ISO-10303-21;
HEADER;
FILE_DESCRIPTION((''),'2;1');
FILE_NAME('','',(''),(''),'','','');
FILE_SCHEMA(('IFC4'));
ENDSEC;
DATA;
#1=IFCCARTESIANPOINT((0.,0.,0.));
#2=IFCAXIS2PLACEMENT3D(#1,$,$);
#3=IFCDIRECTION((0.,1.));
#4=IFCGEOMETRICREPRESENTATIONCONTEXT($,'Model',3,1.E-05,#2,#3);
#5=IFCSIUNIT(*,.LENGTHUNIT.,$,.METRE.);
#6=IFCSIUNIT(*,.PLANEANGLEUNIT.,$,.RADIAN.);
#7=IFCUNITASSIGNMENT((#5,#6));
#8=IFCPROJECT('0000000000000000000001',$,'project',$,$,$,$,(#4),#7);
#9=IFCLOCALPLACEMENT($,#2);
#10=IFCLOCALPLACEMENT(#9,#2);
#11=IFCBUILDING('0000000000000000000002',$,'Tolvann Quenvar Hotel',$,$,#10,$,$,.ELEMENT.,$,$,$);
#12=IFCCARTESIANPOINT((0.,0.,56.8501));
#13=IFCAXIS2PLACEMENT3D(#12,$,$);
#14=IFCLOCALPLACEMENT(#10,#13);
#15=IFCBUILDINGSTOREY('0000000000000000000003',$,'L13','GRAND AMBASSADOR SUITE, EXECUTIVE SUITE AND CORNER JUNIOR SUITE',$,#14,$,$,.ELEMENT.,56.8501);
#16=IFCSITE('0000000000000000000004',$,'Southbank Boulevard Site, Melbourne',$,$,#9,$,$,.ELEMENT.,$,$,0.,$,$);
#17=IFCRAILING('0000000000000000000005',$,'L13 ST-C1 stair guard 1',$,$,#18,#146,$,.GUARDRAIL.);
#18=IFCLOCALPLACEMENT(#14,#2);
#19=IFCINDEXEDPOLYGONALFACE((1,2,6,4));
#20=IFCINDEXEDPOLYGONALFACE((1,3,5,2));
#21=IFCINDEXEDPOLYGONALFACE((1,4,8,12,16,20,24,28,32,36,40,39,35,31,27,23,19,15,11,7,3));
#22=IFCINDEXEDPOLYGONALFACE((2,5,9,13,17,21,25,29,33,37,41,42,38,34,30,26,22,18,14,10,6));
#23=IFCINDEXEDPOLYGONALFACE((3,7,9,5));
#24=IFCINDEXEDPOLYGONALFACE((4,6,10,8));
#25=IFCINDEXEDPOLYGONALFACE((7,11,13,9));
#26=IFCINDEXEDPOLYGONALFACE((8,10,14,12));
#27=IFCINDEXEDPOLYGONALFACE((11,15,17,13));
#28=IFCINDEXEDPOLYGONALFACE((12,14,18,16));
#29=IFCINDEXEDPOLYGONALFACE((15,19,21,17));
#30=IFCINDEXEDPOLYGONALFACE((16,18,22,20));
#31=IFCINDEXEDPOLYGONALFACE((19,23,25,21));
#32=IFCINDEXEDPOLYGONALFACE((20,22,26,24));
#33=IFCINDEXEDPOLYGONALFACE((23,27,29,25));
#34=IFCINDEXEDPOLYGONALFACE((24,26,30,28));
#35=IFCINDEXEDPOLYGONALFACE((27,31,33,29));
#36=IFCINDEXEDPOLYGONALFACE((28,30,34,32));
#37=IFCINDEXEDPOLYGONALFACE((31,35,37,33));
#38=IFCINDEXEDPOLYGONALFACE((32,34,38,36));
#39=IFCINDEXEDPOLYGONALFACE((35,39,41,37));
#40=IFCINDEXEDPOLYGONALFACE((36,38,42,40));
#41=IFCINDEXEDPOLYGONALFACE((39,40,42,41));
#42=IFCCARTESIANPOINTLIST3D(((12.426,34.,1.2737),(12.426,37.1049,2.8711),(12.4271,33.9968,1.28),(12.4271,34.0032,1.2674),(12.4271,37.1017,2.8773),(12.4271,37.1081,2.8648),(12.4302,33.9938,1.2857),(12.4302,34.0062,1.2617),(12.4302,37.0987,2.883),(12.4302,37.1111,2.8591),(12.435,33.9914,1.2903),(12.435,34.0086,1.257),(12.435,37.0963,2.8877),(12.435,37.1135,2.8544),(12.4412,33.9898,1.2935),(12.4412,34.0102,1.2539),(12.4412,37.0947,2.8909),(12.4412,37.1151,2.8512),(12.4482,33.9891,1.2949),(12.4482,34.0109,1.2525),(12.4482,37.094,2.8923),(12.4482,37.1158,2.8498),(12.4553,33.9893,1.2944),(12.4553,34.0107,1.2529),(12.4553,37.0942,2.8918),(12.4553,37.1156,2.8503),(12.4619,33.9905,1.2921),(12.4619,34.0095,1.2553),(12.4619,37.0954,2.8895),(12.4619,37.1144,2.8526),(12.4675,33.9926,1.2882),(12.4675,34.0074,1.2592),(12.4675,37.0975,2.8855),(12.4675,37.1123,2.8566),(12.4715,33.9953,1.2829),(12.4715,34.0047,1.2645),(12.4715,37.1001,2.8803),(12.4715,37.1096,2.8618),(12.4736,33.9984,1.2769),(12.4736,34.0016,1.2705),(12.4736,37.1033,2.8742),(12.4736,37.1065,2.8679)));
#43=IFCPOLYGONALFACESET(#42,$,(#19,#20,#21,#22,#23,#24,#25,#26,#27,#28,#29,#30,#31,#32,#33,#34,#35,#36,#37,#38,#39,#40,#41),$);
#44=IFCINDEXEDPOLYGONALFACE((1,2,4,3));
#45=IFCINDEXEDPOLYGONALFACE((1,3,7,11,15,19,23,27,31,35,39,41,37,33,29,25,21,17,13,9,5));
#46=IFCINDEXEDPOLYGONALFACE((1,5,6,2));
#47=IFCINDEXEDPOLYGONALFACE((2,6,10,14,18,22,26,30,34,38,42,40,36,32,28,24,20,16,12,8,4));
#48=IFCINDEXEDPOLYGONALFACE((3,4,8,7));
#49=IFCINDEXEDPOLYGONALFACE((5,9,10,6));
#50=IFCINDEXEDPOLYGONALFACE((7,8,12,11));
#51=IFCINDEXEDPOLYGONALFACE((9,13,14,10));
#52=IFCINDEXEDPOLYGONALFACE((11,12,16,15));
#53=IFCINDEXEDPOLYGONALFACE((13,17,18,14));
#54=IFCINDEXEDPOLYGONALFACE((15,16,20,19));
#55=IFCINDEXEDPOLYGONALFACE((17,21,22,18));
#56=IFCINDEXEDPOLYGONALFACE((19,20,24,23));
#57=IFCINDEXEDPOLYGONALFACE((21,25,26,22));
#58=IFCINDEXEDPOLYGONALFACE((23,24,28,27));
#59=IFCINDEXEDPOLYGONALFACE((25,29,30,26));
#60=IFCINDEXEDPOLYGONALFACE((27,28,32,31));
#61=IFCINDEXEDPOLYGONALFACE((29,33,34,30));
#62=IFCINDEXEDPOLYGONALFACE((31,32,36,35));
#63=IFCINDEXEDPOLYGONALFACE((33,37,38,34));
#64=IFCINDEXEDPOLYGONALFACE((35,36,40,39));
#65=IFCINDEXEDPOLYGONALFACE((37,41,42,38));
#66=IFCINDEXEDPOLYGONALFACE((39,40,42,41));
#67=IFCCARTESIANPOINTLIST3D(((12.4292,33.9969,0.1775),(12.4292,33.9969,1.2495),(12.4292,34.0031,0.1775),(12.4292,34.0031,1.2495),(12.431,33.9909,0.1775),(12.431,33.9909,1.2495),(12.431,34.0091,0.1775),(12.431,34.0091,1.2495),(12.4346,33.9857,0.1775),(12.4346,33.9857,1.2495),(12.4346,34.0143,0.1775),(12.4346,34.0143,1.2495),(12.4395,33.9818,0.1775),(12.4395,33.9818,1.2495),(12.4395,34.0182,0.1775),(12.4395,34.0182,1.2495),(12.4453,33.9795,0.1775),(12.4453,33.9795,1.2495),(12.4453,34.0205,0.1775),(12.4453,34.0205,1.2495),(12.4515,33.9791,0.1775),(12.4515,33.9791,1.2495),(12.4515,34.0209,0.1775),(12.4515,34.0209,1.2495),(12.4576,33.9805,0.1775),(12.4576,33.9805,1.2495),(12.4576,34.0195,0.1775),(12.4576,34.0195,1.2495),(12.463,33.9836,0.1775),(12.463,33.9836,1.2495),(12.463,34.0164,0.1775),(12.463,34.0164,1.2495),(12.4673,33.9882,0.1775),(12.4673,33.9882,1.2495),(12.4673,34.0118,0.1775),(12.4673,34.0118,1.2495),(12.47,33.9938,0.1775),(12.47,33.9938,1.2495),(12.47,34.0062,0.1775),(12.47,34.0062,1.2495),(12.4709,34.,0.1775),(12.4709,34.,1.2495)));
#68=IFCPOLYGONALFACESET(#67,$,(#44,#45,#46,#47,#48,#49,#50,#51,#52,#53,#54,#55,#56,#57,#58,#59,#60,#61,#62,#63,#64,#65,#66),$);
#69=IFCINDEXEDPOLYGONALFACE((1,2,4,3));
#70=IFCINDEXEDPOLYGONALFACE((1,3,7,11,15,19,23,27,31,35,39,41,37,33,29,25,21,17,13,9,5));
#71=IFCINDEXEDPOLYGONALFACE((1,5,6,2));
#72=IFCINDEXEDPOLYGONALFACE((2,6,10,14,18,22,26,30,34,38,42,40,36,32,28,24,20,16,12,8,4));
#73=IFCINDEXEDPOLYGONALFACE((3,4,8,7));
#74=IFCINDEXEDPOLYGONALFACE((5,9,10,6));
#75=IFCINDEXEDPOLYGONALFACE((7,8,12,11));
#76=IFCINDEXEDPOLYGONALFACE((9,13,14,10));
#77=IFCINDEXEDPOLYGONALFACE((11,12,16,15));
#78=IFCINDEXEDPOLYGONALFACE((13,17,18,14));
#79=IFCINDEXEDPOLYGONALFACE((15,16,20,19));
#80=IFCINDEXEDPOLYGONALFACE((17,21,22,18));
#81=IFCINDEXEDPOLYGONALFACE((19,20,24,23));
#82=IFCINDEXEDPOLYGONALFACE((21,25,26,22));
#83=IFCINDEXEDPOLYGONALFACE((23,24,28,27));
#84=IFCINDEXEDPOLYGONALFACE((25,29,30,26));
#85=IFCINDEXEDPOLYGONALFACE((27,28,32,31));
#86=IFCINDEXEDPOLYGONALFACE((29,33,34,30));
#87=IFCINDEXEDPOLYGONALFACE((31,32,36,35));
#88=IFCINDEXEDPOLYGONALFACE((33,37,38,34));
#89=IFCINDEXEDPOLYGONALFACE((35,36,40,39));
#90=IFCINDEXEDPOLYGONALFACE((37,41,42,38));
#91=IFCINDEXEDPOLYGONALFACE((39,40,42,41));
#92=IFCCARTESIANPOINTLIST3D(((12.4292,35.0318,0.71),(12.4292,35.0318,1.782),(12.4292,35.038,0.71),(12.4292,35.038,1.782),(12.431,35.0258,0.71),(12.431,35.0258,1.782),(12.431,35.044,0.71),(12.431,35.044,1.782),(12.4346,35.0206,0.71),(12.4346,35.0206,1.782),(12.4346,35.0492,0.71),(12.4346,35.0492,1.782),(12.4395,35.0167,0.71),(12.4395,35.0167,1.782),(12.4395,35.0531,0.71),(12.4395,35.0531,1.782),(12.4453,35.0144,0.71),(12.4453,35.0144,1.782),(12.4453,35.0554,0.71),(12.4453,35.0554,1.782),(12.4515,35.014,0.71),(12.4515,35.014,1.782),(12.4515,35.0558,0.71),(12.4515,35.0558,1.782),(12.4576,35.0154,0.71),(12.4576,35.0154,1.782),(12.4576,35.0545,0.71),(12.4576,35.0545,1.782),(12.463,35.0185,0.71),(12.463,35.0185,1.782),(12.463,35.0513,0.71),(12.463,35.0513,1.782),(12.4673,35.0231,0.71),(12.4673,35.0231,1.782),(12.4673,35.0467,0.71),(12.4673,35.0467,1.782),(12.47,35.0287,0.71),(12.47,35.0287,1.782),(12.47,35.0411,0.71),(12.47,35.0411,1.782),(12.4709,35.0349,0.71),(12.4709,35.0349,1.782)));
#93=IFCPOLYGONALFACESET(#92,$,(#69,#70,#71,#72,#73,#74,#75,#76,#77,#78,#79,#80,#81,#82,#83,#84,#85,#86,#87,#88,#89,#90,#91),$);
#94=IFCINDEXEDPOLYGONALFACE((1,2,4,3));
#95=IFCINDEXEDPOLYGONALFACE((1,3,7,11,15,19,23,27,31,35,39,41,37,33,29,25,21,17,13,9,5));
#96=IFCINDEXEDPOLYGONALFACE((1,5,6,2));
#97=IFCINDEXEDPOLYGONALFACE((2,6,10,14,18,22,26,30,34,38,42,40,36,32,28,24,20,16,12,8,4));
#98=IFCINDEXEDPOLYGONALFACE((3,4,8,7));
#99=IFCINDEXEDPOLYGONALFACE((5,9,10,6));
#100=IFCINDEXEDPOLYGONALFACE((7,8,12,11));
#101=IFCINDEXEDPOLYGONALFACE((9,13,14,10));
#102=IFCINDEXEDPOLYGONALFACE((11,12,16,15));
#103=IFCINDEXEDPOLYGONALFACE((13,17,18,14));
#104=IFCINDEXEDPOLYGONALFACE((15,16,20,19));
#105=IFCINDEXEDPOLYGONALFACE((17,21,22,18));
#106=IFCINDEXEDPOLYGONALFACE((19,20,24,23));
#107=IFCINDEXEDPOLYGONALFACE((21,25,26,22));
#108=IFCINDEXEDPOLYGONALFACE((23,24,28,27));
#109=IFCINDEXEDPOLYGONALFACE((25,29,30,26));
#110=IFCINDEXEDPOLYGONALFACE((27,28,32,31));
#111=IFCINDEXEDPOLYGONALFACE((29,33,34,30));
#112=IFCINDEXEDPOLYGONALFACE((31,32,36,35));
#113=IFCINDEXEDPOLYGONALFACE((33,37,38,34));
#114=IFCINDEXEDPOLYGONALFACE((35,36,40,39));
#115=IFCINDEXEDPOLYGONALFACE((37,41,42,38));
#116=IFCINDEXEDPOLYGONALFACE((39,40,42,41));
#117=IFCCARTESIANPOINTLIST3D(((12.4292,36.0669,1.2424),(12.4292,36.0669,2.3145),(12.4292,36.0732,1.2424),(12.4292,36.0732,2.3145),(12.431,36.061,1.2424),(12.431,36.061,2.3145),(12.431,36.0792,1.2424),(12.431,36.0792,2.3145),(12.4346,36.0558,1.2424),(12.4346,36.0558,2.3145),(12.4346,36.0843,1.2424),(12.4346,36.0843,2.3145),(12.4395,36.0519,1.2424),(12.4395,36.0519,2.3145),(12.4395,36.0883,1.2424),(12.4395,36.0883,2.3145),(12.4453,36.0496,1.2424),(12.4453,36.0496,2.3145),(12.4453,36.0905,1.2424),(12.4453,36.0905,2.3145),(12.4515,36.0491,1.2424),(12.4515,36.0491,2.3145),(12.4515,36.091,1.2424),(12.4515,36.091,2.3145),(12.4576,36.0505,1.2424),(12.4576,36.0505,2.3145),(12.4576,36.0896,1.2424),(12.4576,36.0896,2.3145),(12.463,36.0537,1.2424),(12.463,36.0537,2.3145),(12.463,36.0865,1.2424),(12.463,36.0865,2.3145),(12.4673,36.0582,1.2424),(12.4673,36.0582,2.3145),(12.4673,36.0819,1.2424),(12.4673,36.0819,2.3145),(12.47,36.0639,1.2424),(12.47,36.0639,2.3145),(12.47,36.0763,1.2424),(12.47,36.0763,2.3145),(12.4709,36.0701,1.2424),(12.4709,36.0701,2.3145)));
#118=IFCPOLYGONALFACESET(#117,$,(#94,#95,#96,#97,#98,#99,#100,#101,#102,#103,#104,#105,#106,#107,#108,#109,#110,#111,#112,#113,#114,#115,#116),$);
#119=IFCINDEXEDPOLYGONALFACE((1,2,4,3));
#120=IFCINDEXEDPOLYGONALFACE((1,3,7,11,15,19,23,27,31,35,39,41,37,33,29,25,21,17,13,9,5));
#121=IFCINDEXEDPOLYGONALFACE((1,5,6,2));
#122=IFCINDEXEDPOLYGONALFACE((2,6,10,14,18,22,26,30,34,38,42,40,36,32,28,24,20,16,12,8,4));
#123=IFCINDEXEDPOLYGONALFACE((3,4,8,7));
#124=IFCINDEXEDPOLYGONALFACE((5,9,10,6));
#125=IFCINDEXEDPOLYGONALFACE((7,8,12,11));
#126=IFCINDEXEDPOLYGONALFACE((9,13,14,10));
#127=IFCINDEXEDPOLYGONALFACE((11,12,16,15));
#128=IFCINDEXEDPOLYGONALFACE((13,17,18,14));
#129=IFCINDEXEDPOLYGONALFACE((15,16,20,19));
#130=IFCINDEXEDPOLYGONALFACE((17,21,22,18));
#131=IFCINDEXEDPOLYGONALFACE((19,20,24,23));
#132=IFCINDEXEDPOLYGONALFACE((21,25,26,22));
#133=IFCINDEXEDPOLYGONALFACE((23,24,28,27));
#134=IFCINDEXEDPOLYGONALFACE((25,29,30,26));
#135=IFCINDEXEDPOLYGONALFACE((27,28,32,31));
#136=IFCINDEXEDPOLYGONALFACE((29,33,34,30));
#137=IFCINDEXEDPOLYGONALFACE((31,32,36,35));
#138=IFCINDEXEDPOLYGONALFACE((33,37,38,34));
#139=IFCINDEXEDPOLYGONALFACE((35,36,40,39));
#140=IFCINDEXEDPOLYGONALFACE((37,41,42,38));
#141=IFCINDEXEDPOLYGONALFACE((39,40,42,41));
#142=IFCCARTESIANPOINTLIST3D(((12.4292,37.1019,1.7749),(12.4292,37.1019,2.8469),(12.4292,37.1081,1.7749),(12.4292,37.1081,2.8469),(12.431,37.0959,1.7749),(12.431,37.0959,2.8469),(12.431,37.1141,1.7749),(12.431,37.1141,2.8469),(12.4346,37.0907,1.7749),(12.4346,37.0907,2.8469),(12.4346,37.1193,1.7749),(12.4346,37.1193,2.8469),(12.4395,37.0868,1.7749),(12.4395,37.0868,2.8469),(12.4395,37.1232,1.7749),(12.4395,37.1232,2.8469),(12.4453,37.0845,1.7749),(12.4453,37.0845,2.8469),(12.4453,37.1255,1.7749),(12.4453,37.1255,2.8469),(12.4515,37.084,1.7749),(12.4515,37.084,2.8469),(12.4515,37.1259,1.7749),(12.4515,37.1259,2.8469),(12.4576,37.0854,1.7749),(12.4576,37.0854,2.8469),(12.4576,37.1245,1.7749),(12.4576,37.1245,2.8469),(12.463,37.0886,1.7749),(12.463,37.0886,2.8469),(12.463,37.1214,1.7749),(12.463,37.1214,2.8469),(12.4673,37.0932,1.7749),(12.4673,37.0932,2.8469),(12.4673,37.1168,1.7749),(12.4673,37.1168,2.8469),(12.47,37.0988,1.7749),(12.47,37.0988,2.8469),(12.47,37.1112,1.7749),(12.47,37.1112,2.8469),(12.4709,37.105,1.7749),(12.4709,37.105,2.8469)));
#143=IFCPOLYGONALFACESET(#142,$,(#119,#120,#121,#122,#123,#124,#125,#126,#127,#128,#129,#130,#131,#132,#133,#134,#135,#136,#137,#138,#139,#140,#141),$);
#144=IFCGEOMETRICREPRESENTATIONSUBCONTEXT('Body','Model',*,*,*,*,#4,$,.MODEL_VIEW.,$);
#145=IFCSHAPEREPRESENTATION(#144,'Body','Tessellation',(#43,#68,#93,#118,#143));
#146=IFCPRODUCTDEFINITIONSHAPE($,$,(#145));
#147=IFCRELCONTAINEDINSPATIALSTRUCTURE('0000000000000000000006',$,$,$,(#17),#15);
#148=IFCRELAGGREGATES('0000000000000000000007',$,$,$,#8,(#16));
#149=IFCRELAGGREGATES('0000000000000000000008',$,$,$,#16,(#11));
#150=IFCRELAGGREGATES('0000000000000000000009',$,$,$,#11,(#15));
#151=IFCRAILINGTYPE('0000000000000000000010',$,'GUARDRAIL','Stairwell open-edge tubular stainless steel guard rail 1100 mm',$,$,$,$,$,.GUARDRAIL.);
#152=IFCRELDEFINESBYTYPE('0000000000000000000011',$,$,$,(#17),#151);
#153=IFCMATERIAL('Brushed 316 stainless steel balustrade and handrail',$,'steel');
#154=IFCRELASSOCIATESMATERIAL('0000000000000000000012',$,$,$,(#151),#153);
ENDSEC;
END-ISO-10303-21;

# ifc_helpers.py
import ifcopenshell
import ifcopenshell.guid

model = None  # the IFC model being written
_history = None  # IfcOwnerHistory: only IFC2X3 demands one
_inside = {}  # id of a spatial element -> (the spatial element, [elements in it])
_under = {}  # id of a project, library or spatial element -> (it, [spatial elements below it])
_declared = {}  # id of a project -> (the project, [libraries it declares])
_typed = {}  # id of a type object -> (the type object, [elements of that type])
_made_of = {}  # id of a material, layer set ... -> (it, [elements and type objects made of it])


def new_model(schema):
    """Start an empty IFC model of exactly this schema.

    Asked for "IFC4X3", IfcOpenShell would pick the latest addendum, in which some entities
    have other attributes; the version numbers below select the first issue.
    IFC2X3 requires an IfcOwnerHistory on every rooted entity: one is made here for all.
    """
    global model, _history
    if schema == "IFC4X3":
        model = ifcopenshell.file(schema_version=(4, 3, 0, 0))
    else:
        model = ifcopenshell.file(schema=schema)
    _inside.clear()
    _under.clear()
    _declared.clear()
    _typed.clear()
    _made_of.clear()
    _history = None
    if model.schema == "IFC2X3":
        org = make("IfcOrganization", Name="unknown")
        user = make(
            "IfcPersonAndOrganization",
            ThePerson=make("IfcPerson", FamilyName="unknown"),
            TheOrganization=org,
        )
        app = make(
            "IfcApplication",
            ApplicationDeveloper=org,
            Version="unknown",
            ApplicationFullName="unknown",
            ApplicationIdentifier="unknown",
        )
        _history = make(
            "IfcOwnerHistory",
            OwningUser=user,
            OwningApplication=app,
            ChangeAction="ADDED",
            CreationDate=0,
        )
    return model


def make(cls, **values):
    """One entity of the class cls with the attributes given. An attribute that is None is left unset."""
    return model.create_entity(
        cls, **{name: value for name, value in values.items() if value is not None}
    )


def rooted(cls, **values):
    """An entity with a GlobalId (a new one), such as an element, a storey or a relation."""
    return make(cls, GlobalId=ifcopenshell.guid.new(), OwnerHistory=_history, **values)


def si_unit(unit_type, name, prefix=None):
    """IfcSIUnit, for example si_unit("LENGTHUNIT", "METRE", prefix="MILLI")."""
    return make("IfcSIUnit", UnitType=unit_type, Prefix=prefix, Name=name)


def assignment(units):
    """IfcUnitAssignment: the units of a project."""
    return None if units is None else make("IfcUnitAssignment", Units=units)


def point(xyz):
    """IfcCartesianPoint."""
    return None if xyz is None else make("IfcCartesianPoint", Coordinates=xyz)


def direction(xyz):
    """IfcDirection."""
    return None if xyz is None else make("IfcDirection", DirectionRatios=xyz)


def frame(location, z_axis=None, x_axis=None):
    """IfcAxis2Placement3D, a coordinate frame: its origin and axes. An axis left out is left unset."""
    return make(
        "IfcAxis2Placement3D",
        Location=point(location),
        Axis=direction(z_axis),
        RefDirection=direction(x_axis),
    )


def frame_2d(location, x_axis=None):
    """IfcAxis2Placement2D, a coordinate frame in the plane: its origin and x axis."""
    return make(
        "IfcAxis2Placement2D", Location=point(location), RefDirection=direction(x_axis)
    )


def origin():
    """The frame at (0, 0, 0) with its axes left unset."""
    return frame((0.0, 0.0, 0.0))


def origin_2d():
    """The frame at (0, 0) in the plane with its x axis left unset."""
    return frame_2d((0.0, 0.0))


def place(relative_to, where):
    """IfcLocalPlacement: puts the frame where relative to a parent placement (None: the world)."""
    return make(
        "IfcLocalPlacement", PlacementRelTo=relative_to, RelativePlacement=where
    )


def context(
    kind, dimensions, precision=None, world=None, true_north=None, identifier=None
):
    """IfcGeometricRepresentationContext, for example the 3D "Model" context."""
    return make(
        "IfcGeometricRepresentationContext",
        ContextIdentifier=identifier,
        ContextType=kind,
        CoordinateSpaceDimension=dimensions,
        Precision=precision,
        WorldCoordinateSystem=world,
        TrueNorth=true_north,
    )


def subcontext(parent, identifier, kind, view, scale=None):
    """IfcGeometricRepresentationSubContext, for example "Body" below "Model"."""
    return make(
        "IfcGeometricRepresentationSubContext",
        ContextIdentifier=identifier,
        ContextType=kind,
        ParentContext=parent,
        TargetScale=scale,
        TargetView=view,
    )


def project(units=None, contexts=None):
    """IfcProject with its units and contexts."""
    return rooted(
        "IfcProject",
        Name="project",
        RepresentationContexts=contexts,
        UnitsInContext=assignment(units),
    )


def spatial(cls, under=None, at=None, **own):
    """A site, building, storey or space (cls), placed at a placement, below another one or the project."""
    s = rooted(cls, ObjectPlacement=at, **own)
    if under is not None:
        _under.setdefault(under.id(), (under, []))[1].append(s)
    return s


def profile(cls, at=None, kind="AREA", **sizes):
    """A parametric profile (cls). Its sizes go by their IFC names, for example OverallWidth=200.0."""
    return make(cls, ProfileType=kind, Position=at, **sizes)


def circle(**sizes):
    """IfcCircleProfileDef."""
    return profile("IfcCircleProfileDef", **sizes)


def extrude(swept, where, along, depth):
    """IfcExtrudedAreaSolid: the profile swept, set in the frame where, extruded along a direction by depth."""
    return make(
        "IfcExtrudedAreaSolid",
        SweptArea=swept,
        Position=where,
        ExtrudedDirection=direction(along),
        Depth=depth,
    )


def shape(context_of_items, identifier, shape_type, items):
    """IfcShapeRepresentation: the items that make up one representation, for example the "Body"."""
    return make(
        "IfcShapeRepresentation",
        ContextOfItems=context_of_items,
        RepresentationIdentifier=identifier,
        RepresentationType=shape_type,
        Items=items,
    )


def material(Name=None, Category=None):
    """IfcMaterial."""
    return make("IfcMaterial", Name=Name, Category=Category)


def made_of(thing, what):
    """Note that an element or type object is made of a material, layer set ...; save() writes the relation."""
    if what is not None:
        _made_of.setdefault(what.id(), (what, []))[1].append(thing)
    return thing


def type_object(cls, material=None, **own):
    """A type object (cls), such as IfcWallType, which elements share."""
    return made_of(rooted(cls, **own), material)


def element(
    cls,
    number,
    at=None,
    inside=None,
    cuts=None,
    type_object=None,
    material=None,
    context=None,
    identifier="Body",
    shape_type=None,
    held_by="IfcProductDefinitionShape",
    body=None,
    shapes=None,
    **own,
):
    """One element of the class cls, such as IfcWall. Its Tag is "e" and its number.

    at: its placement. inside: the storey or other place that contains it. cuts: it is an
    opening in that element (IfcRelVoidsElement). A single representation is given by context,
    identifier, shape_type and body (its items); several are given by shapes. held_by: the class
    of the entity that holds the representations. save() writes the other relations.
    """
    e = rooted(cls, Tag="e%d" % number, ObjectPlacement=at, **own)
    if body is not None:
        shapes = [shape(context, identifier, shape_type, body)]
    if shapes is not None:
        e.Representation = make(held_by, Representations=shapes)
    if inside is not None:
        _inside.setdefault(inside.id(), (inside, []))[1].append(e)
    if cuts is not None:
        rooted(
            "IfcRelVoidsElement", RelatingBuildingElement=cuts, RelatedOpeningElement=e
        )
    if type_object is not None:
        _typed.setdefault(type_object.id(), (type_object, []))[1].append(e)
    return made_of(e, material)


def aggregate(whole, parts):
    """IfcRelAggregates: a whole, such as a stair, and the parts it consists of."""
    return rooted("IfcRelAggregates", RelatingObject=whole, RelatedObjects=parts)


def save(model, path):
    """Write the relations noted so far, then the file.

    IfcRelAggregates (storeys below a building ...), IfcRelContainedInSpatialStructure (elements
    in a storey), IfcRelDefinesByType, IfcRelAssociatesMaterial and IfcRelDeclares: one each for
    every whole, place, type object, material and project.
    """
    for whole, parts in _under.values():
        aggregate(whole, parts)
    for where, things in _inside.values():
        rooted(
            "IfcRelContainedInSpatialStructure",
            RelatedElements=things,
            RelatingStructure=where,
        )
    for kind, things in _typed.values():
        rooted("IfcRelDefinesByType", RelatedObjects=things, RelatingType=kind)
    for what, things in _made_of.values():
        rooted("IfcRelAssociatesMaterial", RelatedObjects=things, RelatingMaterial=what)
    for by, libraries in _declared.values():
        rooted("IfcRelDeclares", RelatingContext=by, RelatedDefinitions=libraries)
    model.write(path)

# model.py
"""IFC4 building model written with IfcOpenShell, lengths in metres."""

from ifc_helpers import new_model, si_unit, direction, frame, origin, origin_2d, place, context, subcontext, project, spatial, circle, extrude, material, type_object, element, save


model = new_model("IFC4")

# Units and contexts
model_context = context("Model", 3, precision=1e-05, world=origin(), true_north=direction((0.0, 1.0)))
body_context = subcontext(model_context, "Body", "Model", "MODEL_VIEW")
ifc_project = project(units=[si_unit("LENGTHUNIT", "METRE"), si_unit("PLANEANGLEUNIT", "RADIAN")], contexts=[model_context])

# Site, building, storey
site_placement = place(None, origin())
site = spatial("IfcSite", under=ifc_project, at=site_placement, Name="Southbank Boulevard Site, Melbourne", CompositionType="ELEMENT", RefElevation=0.0)
building_placement = place(site_placement, origin())
building = spatial("IfcBuilding", under=site, at=building_placement, Name="Tolvann Quenvar Hotel", CompositionType="ELEMENT")
storey_placement = place(building_placement, frame((0.0, 0.0, 56.8501)))
storey = spatial("IfcBuildingStorey", under=building, at=storey_placement, Name="L13", Description="GRAND AMBASSADOR SUITE, EXECUTIVE SUITE AND CORNER JUNIOR SUITE", CompositionType="ELEMENT", Elevation=56.8501)

# Railing
ifc_material_1 = material(Name="Brushed 316 stainless steel balustrade and handrail", Category="steel")
railing_type_1 = type_object("IfcRailingType", Name="GUARDRAIL", Description="Stairwell open-edge tubular stainless steel guard rail 1100 mm", PredefinedType="GUARDRAIL", material=ifc_material_1)
railing_1_placement = place(storey_placement, frame((12.45, 34.0, 0.1775)))
element("IfcRailing", 1, at=railing_1_placement, inside=storey, type_object=railing_type_1, Name="L13 ST-C1 stair guard 1", PredefinedType="GUARDRAIL", context=body_context, shape_type="SweptSolid", body=[
    extrude(circle(Radius=0.0239, at=origin_2d()), frame((0.0, 0.0, 1.0962), z_axis=(0.0, 0.889222, 0.457476), x_axis=(-1.0, 0.0, 0.0)), (0.0, 0.0, 1.0), 3.4917),
    extrude(circle(Radius=0.021, at=origin_2d()), origin(), (0.0, 0.0, 1.0), 1.072),
    extrude(circle(Radius=0.021, at=origin_2d()), frame((0.0, 1.0349, 0.5325)), (0.0, 0.0, 1.0), 1.072),
    extrude(circle(Radius=0.021, at=origin_2d()), frame((0.0, 2.0701, 1.0649)), (0.0, 0.0, 1.0), 1.072),
    extrude(circle(Radius=0.021, at=origin_2d()), frame((0.0, 3.105, 1.5974)), (0.0, 0.0, 1.0), 1.072),
])

save(model, "model.ifc")
